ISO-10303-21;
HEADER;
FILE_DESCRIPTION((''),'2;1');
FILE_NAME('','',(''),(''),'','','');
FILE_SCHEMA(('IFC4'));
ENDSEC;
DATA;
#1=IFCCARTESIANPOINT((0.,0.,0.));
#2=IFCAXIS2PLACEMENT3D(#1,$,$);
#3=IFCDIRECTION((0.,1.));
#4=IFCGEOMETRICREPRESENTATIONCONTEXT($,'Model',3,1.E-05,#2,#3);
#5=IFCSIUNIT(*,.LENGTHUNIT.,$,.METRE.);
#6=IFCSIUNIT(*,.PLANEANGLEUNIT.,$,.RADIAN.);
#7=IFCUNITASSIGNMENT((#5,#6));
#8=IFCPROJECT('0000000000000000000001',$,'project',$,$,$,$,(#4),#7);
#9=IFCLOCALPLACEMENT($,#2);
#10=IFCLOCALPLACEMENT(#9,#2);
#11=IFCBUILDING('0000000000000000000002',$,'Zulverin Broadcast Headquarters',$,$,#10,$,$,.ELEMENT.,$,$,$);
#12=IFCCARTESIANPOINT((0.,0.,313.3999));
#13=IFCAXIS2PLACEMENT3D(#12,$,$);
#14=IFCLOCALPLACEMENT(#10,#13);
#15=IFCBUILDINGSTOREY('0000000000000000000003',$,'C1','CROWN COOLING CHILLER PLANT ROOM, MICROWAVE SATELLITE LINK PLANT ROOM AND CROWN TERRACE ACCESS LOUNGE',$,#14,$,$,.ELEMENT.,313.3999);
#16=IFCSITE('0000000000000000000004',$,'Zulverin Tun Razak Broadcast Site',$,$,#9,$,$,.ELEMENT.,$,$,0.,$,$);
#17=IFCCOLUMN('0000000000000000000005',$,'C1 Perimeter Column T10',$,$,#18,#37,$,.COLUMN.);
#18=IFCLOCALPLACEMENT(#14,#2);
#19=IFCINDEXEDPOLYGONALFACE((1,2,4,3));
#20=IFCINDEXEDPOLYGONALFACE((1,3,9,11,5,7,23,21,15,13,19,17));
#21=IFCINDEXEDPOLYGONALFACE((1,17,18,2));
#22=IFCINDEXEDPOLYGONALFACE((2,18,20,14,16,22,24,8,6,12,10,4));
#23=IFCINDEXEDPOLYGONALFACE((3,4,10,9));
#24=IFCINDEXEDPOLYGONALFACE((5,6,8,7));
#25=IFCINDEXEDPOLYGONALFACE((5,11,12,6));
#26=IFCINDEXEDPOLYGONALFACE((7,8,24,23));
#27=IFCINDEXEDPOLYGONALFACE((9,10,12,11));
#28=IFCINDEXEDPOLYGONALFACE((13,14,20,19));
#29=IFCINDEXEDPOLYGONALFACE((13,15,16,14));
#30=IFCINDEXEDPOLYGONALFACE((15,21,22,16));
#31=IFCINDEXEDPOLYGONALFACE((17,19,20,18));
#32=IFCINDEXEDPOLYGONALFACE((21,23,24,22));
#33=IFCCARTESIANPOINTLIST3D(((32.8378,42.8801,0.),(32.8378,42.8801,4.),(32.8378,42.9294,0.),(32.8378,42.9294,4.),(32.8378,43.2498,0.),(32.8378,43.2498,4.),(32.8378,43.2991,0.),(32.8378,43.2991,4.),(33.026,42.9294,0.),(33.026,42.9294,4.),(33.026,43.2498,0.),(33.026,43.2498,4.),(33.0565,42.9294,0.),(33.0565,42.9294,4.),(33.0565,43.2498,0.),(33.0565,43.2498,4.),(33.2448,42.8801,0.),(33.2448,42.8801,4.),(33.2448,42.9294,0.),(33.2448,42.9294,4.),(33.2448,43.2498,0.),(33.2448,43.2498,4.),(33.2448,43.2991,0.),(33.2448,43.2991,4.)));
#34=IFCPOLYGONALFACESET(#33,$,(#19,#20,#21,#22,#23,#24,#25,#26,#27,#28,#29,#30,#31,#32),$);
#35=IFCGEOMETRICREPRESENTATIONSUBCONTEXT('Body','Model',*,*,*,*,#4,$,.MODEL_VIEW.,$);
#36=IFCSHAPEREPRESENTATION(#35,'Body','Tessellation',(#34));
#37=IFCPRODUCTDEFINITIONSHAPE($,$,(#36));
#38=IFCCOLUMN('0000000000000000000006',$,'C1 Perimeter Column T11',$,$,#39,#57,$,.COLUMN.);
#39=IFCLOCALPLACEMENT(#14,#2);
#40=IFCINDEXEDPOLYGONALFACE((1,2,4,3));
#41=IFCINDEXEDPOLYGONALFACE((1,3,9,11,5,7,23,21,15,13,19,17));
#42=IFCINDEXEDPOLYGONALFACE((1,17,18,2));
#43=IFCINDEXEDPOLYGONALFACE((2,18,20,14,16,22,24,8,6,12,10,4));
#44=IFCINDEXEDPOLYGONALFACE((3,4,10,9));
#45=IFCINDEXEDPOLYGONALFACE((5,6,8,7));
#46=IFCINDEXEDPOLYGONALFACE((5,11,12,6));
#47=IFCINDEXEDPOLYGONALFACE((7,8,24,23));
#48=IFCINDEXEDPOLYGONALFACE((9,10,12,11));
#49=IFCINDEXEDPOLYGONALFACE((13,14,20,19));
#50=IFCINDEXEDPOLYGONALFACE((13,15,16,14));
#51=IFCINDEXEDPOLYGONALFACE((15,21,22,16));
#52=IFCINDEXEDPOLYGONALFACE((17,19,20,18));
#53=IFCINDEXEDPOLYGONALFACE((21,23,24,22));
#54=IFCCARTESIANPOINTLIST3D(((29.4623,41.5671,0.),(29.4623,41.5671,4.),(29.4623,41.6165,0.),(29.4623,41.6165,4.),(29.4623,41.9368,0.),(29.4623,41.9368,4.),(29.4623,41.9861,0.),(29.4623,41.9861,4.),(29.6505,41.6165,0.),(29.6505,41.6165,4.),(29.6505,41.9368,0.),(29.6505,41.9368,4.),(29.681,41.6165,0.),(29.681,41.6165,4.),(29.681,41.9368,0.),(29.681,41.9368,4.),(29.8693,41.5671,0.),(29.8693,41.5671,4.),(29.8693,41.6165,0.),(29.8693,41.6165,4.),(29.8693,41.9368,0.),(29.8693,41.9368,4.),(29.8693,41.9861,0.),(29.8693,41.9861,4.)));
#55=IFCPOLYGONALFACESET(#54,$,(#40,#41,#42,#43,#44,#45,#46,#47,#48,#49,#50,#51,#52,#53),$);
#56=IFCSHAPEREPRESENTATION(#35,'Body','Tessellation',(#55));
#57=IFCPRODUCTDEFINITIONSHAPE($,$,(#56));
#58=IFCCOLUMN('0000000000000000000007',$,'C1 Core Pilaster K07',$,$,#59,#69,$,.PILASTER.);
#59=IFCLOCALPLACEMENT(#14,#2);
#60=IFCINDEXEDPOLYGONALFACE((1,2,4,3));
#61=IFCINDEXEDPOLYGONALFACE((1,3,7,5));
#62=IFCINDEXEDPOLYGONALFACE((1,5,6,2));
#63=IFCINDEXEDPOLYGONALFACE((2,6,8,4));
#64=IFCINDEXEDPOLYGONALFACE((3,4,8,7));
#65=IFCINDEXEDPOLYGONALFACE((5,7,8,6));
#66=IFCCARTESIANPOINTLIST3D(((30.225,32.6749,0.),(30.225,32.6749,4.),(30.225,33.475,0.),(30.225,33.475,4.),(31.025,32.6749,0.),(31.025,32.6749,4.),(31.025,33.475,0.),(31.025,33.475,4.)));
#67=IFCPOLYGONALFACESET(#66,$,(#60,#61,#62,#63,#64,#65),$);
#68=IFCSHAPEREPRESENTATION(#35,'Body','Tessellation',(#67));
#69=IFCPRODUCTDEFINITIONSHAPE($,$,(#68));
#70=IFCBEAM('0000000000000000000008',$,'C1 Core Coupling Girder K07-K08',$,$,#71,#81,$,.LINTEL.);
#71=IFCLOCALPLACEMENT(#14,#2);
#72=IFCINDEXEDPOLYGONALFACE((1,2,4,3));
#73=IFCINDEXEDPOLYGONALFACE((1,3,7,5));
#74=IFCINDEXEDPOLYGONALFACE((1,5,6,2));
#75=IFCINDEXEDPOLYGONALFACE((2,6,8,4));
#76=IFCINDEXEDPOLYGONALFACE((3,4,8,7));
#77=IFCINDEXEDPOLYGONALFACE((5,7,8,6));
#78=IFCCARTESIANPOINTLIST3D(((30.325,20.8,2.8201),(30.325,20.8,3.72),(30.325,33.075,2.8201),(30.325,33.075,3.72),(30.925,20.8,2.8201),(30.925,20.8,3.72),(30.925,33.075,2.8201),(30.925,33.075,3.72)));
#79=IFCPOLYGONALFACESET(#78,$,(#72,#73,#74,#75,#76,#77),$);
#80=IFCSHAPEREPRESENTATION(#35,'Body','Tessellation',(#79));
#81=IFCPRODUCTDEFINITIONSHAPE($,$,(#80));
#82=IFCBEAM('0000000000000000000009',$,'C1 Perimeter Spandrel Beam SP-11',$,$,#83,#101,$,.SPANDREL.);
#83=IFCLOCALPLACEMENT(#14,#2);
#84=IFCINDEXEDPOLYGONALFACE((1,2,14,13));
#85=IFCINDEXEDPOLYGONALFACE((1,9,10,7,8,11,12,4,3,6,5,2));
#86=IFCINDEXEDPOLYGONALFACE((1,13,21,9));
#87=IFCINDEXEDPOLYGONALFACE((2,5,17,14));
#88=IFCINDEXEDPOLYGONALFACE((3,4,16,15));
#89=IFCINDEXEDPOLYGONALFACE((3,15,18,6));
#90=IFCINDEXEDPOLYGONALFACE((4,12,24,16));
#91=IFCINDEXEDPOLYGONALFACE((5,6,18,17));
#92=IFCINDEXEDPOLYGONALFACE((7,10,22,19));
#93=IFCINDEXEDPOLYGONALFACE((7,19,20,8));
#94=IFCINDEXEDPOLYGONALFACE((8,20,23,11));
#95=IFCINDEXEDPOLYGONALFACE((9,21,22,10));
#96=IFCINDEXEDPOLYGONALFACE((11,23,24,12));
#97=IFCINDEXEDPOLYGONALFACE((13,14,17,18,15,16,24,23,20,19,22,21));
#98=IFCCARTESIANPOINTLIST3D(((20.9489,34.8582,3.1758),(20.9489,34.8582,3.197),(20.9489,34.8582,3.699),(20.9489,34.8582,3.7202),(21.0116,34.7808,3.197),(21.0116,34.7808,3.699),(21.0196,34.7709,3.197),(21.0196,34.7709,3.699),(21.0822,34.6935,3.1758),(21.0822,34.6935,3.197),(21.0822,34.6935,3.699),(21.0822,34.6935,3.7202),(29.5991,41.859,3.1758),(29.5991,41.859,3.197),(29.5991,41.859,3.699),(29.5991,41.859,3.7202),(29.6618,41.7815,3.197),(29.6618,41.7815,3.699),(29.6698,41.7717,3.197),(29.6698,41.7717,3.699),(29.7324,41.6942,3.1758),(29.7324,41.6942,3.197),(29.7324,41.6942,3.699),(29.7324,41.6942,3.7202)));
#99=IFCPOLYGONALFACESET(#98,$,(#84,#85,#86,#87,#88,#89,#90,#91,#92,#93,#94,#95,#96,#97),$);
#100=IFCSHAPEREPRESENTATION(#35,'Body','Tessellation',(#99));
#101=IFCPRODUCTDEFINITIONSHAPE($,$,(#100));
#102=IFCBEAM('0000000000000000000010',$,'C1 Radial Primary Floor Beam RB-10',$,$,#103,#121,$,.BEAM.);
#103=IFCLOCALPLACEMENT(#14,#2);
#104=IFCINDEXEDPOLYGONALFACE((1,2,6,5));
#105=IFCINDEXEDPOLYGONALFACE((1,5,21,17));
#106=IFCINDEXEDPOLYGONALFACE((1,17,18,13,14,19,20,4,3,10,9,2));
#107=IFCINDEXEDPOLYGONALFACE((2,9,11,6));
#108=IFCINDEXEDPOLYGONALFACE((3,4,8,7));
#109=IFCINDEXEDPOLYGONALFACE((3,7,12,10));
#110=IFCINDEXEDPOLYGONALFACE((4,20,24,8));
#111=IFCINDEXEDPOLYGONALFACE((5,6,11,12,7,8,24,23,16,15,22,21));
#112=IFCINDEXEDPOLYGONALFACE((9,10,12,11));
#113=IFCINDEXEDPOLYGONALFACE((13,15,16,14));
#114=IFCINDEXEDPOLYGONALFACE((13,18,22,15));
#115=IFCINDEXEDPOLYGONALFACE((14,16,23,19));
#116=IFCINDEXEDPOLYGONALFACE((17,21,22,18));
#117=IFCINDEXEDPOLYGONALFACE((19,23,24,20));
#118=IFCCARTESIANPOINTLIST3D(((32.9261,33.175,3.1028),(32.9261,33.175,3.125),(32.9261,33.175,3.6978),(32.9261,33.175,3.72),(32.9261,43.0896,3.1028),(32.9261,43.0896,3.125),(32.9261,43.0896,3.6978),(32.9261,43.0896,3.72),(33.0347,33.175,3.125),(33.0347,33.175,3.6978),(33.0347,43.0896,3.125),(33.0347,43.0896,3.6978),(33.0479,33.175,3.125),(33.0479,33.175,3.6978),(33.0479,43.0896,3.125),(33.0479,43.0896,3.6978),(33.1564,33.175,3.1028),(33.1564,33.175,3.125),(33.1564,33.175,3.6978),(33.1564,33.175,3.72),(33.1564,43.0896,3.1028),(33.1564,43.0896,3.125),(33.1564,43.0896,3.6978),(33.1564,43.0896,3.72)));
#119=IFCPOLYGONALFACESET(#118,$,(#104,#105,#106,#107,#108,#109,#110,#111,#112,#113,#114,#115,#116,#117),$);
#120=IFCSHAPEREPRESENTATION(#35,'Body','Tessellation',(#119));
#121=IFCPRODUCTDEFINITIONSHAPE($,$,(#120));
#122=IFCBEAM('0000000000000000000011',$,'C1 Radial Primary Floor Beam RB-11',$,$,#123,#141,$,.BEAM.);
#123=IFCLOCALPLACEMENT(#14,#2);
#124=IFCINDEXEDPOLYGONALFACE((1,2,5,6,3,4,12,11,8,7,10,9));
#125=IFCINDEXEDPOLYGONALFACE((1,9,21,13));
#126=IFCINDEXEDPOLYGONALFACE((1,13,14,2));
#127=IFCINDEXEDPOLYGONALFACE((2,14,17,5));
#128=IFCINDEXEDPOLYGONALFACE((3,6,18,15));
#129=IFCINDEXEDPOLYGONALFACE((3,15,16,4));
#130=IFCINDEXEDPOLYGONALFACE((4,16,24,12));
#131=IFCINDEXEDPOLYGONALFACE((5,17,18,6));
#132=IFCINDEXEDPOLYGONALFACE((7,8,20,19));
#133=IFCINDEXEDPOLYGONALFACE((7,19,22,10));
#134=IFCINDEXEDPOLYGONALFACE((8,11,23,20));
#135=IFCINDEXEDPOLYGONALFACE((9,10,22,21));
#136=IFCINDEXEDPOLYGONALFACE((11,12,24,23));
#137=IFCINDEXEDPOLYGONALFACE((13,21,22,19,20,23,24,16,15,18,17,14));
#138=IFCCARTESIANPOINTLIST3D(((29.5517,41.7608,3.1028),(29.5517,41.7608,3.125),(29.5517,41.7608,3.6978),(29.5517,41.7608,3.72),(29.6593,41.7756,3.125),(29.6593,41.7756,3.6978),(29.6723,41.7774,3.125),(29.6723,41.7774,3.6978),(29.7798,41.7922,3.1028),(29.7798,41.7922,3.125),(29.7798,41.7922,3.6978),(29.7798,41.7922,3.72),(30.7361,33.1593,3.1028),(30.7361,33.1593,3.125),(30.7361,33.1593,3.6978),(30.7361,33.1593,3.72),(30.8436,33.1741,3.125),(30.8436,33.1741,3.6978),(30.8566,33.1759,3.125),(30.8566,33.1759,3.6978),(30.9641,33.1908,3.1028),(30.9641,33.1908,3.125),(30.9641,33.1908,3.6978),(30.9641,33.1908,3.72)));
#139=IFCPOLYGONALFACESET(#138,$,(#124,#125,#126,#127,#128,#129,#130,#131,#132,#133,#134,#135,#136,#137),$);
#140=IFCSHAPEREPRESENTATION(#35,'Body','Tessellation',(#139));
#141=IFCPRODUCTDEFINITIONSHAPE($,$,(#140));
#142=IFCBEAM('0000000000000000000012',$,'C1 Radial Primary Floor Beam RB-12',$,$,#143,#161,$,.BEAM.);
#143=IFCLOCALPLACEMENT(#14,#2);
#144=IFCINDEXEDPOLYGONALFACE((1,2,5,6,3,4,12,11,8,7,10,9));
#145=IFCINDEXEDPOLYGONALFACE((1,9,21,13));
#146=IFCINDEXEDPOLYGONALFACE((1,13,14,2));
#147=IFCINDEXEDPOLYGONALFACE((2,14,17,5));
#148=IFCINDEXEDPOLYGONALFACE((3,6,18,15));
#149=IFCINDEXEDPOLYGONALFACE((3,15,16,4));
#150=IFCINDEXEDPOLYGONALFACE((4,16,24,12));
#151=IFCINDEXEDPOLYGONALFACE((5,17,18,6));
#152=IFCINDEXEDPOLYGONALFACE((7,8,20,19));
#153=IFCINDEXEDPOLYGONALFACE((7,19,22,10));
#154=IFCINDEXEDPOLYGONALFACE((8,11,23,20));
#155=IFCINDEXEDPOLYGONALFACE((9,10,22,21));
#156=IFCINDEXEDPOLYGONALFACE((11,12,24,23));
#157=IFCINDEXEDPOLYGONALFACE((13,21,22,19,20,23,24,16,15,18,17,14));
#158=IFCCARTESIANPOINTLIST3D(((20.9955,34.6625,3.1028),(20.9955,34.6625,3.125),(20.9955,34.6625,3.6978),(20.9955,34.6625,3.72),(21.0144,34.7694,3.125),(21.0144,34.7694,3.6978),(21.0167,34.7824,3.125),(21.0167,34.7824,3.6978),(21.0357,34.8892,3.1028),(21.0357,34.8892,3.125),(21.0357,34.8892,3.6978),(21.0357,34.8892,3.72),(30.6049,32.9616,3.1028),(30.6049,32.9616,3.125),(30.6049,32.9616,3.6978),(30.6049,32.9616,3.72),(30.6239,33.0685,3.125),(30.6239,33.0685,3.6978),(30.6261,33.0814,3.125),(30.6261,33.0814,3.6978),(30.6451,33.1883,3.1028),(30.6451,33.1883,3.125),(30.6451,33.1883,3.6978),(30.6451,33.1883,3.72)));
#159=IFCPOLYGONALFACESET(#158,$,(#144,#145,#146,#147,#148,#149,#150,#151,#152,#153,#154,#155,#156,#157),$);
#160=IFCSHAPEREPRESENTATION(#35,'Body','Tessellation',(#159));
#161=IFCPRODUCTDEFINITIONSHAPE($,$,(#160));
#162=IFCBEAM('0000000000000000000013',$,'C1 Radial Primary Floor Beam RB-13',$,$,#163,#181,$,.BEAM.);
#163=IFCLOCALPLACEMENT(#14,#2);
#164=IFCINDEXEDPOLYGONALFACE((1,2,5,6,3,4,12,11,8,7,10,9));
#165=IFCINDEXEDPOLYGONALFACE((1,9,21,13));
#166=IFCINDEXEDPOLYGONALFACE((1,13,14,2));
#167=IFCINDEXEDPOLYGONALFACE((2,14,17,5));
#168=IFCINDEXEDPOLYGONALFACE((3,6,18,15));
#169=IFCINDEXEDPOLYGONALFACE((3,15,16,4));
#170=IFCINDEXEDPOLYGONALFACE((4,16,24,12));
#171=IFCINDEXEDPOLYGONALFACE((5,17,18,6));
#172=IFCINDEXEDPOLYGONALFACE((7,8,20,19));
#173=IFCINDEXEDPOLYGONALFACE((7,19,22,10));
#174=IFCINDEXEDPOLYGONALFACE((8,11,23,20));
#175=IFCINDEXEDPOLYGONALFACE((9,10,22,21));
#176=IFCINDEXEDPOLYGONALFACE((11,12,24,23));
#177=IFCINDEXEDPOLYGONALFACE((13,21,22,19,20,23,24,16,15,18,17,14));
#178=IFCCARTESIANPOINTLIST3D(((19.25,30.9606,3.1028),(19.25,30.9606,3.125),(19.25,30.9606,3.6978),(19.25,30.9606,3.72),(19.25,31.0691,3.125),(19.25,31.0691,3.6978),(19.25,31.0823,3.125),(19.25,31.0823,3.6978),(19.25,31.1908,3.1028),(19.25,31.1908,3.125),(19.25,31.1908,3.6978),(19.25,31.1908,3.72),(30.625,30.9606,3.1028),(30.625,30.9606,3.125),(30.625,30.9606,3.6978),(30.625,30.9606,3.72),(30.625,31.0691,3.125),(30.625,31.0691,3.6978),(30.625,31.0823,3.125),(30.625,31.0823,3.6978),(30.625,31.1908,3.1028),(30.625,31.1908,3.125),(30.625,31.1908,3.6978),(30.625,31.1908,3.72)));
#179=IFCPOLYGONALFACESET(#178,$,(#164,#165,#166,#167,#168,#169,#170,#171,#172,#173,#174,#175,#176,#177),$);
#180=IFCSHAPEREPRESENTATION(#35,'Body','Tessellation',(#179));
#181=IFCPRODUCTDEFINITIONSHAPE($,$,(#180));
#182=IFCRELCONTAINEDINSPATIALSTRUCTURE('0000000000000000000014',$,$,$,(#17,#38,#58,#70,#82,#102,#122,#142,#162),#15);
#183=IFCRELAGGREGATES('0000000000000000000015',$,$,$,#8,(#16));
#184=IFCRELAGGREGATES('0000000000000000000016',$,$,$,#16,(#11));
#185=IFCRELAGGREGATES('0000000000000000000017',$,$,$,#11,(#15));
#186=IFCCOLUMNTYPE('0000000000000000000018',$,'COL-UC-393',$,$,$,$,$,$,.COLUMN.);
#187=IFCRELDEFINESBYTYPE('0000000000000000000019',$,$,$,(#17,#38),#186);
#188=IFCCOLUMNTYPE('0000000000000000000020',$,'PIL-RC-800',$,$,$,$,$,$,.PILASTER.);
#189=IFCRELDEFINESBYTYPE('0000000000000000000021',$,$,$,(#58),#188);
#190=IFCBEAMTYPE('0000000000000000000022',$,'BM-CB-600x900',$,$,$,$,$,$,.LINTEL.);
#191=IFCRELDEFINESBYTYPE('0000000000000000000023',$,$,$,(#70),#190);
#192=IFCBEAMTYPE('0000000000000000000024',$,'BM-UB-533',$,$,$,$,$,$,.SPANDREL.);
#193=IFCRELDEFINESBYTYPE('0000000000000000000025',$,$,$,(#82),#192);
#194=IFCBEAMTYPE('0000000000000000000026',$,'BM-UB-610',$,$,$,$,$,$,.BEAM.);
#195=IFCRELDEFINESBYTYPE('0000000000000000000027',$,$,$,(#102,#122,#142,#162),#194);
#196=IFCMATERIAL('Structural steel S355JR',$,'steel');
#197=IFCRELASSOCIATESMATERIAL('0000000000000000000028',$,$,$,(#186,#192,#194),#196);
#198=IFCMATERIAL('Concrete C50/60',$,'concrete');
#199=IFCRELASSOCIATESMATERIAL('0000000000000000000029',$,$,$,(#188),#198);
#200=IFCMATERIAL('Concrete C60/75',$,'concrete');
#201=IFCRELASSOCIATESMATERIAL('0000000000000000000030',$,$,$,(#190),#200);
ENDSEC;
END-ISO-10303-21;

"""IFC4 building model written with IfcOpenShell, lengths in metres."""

from ifc_helpers import new_model, si_unit, direction, frame, origin, origin_2d, place, context, subcontext, project, spatial, rectangle, i_section, extrude, material, material_profile, profile_set, type_object, element, save


model = new_model("IFC4")

# Units and contexts
model_context = context("Model", 3, precision=1e-05, world=origin(), true_north=direction((0.0, 1.0)))
body_context = subcontext(model_context, "Body", "Model", "MODEL_VIEW")
ifc_project = project(units=[si_unit("LENGTHUNIT", "METRE"), si_unit("PLANEANGLEUNIT", "RADIAN")], contexts=[model_context])

# Site, building, storey
site_placement = place(None, origin())
site = spatial("IfcSite", under=ifc_project, at=site_placement, Name="Zulverin Tun Razak Broadcast Site", CompositionType="ELEMENT", RefElevation=0.0)
building_placement = place(site_placement, origin())
building = spatial("IfcBuilding", under=site, at=building_placement, Name="Zulverin Broadcast Headquarters", CompositionType="ELEMENT")
storey_placement = place(building_placement, frame((0.0, 0.0, 313.3999)))
storey = spatial("IfcBuildingStorey", under=building, at=storey_placement, Name="C1", Description="CROWN COOLING CHILLER PLANT ROOM, MICROWAVE SATELLITE LINK PLANT ROOM AND CROWN TERRACE ACCESS LOUNGE", CompositionType="ELEMENT", Elevation=313.3999)

# Columns
ifc_material_1 = material(Name="Structural steel S355JR", Category="steel")
ifc_material_profile_1 = material_profile(ifc_material_1, i_section(OverallWidth=0.407, OverallDepth=0.4189, WebThickness=0.0305, FlangeThickness=0.0493, at=origin_2d()), Name="Structural steel S355JR", Category="steel")
ifc_profile_set_1 = profile_set([ifc_material_profile_1], Name="Structural steel S355JR")
column_type_1 = type_object("IfcColumnType", Name="COL-UC-393", PredefinedType="COLUMN", material=ifc_profile_set_1)
for number, where, z_axis, x_axis, name in (
    (1, (33.0413, 43.0896, 0.0), (0.0, 0.0, 1.0), (1.0, 0.0, 0.0), "C1 Perimeter Column T10"),
    (2, (29.6658, 41.7766, 0.0), (0.0, 0.0, 1.0), (1.0, 0.0, 0.0), "C1 Perimeter Column T11"),
):
    element("IfcColumn", number, at=place(storey_placement, frame(where, z_axis=z_axis, x_axis=x_axis)), inside=storey, type_object=column_type_1, Name=name, PredefinedType="COLUMN", context=body_context, shape_type="SweptSolid", body=[
        extrude(i_section(OverallWidth=0.407, OverallDepth=0.4189, WebThickness=0.0305, FlangeThickness=0.0493, at=origin_2d()), origin(), (0.0, 0.0, 1.0), 4.0),
    ])
ifc_material_2 = material(Name="Concrete C50/60", Category="concrete")
ifc_material_profile_2 = material_profile(ifc_material_2, rectangle(XDim=0.8, YDim=0.8, at=origin_2d()), Name="Concrete C50/60", Category="concrete")
ifc_profile_set_2 = profile_set([ifc_material_profile_2], Name="Concrete C50/60")
column_type_2 = type_object("IfcColumnType", Name="PIL-RC-800", PredefinedType="PILASTER", material=ifc_profile_set_2)
column_placement = place(storey_placement, frame((30.625, 33.075, 0.0), z_axis=(0.0, 0.0, 1.0), x_axis=(1.0, 0.0, 0.0)))
element("IfcColumn", 3, at=column_placement, inside=storey, type_object=column_type_2, Name="C1 Core Pilaster K07", PredefinedType="PILASTER", context=body_context, shape_type="SweptSolid", body=[
    extrude(rectangle(XDim=0.8, YDim=0.8, at=origin_2d()), origin(), (0.0, 0.0, 1.0), 4.0),
])

# Beams
ifc_material_3 = material(Name="Concrete C60/75", Category="concrete")
ifc_material_profile_3 = material_profile(ifc_material_3, rectangle(XDim=0.6001, YDim=0.8999, at=origin_2d()), Name="Concrete C60/75", Category="concrete")
ifc_profile_set_3 = profile_set([ifc_material_profile_3], Name="Concrete C60/75")
beam_type_1 = type_object("IfcBeamType", Name="BM-CB-600x900", PredefinedType="LINTEL", material=ifc_profile_set_3)
beam_1_placement = place(storey_placement, frame((30.625, 33.075, 3.27), z_axis=(0.0, -1.0, 0.0), x_axis=(1.0, 0.0, 0.0)))
element("IfcBeam", 4, at=beam_1_placement, inside=storey, type_object=beam_type_1, Name="C1 Core Coupling Girder K07-K08", PredefinedType="LINTEL", context=body_context, shape_type="SweptSolid", body=[
    extrude(rectangle(XDim=0.6001, YDim=0.8999, at=origin_2d()), origin(), (0.0, 0.0, 1.0), 12.2749),
])
ifc_material_profile_4 = material_profile(ifc_material_1, i_section(OverallWidth=0.2119, OverallDepth=0.5444, WebThickness=0.0127, FlangeThickness=0.0212, at=origin_2d()), Name="Structural steel S355JR", Category="steel")
ifc_profile_set_4 = profile_set([ifc_material_profile_4], Name="Structural steel S355JR")
beam_type_2 = type_object("IfcBeamType", Name="BM-UB-533", PredefinedType="SPANDREL", material=ifc_profile_set_4)
beam_2_placement = place(storey_placement, frame((29.6658, 41.7766, 3.448), z_axis=(-0.777323, -0.629102, 0.0), x_axis=(0.629102, -0.777323, 0.0)))
element("IfcBeam", 5, at=beam_2_placement, inside=storey, type_object=beam_type_2, Name="C1 Perimeter Spandrel Beam SP-11", PredefinedType="SPANDREL", context=body_context, shape_type="SweptSolid", body=[
    extrude(i_section(OverallWidth=0.2119, OverallDepth=0.5444, WebThickness=0.0127, FlangeThickness=0.0212, at=origin_2d()), origin(), (0.0, 0.0, 1.0), 11.1282),
])
ifc_material_profile_5 = material_profile(ifc_material_1, i_section(OverallWidth=0.2302, OverallDepth=0.6172, WebThickness=0.0132, FlangeThickness=0.0222, at=origin_2d()), Name="Structural steel S355JR", Category="steel")
ifc_profile_set_5 = profile_set([ifc_material_profile_5], Name="Structural steel S355JR")
beam_type_3 = type_object("IfcBeamType", Name="BM-UB-610", PredefinedType="BEAM", material=ifc_profile_set_5)
beam_3_placement = place(storey_placement, frame((33.0413, 33.175, 3.4114), z_axis=(0.0, 1.0, 0.0), x_axis=(-1.0, 0.0, 0.0)))
element("IfcBeam", 6, at=beam_3_placement, inside=storey, type_object=beam_type_3, Name="C1 Radial Primary Floor Beam RB-10", PredefinedType="BEAM", context=body_context, shape_type="SweptSolid", body=[
    extrude(i_section(OverallWidth=0.2302, OverallDepth=0.6172, WebThickness=0.0132, FlangeThickness=0.0222, at=origin_2d()), origin(), (0.0, 0.0, 1.0), 9.9146),
])
beam_4_placement = place(storey_placement, frame((30.8501, 33.175, 3.4114), z_axis=(-0.1364, 0.990654, 0.0), x_axis=(-0.990654, -0.1364, 0.0)))
element("IfcBeam", 7, at=beam_4_placement, inside=storey, type_object=beam_type_3, Name="C1 Radial Primary Floor Beam RB-11", PredefinedType="BEAM", context=body_context, shape_type="SweptSolid", body=[
    extrude(i_section(OverallWidth=0.2302, OverallDepth=0.6172, WebThickness=0.0132, FlangeThickness=0.0222, at=origin_2d()), origin(), (0.0, 0.0, 1.0), 8.6826),
])
beam_5_placement = place(storey_placement, frame((30.625, 33.075, 3.4114), z_axis=(-0.984693, 0.174298, 0.0), x_axis=(-0.174298, -0.984693, 0.0)))
element("IfcBeam", 8, at=beam_5_placement, inside=storey, type_object=beam_type_3, Name="C1 Radial Primary Floor Beam RB-12", PredefinedType="BEAM", context=body_context, shape_type="SweptSolid", body=[
    extrude(i_section(OverallWidth=0.2302, OverallDepth=0.6172, WebThickness=0.0132, FlangeThickness=0.0222, at=origin_2d()), origin(), (0.0, 0.0, 1.0), 9.7588),
])
beam_6_placement = place(storey_placement, frame((30.625, 31.0757, 3.4114), z_axis=(-1.0, 0.0, 0.0), x_axis=(0.0, -1.0, 0.0)))
element("IfcBeam", 9, at=beam_6_placement, inside=storey, type_object=beam_type_3, Name="C1 Radial Primary Floor Beam RB-13", PredefinedType="BEAM", context=body_context, shape_type="SweptSolid", body=[
    extrude(i_section(OverallWidth=0.2302, OverallDepth=0.6172, WebThickness=0.0132, FlangeThickness=0.0222, at=origin_2d()), origin(), (0.0, 0.0, 1.0), 11.375),
])

save(model, "model.ifc")
